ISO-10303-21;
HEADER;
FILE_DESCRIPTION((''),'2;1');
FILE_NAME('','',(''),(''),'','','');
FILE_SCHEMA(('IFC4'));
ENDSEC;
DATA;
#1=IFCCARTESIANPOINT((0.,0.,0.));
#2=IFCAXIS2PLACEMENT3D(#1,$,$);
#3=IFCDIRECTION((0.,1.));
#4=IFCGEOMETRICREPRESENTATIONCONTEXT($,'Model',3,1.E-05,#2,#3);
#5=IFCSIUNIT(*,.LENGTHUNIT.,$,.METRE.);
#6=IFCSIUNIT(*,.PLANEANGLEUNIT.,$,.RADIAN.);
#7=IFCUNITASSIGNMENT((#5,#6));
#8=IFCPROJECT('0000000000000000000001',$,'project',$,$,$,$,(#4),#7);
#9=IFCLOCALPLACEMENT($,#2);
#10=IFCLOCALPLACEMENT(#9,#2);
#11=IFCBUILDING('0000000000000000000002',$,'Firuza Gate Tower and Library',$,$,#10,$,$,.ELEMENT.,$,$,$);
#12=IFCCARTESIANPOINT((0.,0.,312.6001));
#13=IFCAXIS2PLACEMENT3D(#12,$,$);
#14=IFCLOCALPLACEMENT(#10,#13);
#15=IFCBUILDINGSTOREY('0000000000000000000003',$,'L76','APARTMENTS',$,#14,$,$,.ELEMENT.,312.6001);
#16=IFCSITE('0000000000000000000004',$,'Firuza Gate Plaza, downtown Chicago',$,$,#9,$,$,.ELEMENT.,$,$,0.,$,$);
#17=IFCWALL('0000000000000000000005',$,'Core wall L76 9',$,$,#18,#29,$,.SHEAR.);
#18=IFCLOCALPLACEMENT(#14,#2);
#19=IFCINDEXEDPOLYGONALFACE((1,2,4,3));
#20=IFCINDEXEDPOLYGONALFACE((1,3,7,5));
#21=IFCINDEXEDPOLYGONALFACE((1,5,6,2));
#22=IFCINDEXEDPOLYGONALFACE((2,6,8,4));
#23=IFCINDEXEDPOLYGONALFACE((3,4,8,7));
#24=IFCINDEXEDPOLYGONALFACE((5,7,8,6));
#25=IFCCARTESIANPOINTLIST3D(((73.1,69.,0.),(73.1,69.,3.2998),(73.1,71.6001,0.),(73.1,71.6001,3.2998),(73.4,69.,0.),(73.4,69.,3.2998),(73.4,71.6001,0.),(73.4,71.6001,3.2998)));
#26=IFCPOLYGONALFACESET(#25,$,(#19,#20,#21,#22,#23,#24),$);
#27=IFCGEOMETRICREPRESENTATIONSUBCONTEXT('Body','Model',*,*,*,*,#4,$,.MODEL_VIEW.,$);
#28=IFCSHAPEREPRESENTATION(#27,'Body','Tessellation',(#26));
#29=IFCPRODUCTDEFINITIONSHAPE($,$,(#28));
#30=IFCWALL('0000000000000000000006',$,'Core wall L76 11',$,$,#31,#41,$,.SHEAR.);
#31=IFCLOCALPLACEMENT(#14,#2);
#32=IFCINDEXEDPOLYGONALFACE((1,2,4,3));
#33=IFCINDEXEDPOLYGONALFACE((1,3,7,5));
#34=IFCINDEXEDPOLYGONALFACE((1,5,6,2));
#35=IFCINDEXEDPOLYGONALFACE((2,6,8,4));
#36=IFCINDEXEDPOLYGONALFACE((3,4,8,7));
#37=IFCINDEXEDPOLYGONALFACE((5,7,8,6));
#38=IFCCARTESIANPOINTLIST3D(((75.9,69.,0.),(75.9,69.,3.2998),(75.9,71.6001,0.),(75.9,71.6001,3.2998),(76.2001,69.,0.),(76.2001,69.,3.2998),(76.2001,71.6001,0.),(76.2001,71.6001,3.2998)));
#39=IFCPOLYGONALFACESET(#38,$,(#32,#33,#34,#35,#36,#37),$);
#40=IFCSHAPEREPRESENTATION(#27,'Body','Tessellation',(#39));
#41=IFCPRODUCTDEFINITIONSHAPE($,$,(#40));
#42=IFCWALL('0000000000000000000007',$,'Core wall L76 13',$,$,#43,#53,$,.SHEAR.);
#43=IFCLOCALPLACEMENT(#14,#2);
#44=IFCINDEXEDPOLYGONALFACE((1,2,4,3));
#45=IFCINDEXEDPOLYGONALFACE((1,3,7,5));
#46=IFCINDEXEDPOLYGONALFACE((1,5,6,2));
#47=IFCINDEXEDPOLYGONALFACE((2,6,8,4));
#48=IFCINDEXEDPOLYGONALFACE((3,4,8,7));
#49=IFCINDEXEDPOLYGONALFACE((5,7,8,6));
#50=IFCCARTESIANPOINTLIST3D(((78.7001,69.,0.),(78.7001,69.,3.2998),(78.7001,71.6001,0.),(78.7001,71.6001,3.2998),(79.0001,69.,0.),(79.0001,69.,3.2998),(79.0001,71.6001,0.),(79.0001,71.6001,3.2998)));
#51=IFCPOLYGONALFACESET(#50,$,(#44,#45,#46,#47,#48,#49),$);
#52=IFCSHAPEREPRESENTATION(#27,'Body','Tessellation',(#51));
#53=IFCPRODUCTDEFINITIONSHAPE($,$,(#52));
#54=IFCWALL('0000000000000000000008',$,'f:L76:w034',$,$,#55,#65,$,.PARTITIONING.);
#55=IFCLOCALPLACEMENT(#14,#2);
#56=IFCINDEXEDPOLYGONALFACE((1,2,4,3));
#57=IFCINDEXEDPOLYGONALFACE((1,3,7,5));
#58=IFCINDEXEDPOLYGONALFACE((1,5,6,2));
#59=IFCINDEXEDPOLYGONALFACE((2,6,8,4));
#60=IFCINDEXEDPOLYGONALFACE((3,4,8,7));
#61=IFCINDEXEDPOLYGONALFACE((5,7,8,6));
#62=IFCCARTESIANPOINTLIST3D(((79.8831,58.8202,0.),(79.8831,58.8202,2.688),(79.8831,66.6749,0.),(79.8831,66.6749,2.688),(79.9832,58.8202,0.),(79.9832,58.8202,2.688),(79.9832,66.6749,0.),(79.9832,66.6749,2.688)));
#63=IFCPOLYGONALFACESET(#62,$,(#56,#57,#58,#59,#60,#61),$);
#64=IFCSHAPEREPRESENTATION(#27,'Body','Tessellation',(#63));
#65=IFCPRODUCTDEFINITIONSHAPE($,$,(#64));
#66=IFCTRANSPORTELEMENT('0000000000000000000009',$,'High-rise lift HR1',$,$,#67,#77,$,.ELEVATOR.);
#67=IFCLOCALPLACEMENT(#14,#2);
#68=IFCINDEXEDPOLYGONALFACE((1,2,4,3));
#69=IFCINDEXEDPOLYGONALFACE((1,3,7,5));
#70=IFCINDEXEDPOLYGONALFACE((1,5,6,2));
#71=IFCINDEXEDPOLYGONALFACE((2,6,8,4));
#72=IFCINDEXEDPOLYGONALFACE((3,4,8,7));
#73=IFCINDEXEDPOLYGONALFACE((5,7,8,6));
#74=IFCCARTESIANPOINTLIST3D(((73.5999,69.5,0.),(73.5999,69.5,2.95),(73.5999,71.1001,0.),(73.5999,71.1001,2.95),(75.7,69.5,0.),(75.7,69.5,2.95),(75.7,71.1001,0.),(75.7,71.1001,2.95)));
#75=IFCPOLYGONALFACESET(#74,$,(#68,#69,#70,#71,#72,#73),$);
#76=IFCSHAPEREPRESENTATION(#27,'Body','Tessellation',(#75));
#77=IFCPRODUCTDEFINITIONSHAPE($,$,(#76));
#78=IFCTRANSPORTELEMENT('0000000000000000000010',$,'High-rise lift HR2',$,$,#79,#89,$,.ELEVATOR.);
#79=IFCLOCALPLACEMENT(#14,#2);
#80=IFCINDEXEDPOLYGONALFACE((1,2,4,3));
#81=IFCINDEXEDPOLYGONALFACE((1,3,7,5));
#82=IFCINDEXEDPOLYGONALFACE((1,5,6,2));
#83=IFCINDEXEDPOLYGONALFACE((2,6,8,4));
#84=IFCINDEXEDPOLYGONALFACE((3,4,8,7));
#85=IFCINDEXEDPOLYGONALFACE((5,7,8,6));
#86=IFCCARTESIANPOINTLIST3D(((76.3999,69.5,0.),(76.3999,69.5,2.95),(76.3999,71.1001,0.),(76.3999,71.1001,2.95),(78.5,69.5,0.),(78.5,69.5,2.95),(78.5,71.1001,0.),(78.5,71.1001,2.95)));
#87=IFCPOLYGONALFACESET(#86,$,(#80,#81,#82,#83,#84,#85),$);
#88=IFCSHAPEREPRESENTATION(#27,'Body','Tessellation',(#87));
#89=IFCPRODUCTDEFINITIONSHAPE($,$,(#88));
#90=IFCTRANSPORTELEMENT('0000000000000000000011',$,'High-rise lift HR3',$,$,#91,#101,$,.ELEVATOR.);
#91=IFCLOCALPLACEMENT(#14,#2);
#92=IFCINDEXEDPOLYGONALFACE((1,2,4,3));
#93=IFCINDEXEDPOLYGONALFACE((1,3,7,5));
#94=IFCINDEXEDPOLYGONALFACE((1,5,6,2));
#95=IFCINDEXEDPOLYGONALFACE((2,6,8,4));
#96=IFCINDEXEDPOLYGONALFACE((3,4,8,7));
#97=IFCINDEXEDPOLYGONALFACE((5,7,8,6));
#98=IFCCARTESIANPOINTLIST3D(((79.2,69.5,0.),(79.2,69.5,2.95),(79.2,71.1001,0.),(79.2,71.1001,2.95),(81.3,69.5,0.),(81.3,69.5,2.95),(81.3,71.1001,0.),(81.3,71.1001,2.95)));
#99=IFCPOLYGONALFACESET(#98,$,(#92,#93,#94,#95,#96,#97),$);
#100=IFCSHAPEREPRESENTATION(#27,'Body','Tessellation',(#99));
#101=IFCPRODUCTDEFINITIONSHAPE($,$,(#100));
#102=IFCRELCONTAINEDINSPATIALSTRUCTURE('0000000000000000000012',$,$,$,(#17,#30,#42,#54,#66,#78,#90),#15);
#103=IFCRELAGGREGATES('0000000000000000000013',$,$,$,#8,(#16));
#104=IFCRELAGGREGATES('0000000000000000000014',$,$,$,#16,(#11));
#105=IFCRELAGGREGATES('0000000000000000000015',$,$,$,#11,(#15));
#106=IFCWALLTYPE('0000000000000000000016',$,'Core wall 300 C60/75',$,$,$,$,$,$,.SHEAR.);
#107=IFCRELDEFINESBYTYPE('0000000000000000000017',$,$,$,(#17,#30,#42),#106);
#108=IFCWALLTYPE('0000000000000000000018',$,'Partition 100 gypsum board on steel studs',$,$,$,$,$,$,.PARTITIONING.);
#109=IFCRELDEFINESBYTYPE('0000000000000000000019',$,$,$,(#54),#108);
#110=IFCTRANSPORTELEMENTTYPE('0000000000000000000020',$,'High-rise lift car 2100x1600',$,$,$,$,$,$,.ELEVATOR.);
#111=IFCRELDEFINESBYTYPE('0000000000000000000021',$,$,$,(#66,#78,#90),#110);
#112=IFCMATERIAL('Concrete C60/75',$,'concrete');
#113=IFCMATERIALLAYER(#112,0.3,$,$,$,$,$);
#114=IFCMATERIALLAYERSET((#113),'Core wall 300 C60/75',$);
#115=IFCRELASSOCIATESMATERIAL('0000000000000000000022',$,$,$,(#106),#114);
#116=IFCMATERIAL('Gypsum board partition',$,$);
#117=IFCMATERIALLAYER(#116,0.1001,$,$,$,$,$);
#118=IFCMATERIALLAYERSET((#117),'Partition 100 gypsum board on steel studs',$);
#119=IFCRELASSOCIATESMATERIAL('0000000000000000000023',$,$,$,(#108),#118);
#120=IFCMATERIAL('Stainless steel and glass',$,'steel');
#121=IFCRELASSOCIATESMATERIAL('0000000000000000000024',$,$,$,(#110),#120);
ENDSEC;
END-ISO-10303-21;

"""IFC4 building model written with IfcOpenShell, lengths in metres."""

from ifc_helpers import new_model, si_unit, direction, frame, frame_2d, origin, origin_2d, place, context, subcontext, project, spatial, rectangle, extrude, material, layer, layer_set, type_object, element, save


model = new_model("IFC4")

# Units and contexts
model_context = context("Model", 3, precision=1e-05, world=origin(), true_north=direction((0.0, 1.0)))
body_context = subcontext(model_context, "Body", "Model", "MODEL_VIEW")
ifc_project = project(units=[si_unit("LENGTHUNIT", "METRE"), si_unit("PLANEANGLEUNIT", "RADIAN")], contexts=[model_context])

# Site, building, storey
site_placement = place(None, origin())
site = spatial("IfcSite", under=ifc_project, at=site_placement, Name="Firuza Gate Plaza, downtown Chicago", CompositionType="ELEMENT", RefElevation=0.0)
building_placement = place(site_placement, origin())
building = spatial("IfcBuilding", under=site, at=building_placement, Name="Firuza Gate Tower and Library", CompositionType="ELEMENT")
storey_placement = place(building_placement, frame((0.0, 0.0, 312.6001)))
storey = spatial("IfcBuildingStorey", under=building, at=storey_placement, Name="L76", Description="APARTMENTS", CompositionType="ELEMENT", Elevation=312.6001)

# Walls
ifc_material_1 = material(Name="Concrete C60/75", Category="concrete")
ifc_layer_1 = layer(ifc_material_1, 0.3)
ifc_layer_set_1 = layer_set([ifc_layer_1], Name="Core wall 300 C60/75")
wall_type_1 = type_object("IfcWallType", Name="Core wall 300 C60/75", PredefinedType="SHEAR", material=ifc_layer_set_1)
for number, where, z_axis, x_axis, name in (
    (1, (73.25, 69.0, 0.0), (0.0, 0.0, 1.0), (0.0, 1.0, 0.0), "Core wall L76 9"),
    (2, (76.05, 69.0, 0.0), (0.0, 0.0, 1.0), (0.0, 1.0, 0.0), "Core wall L76 11"),
    (3, (78.8501, 69.0, 0.0), (0.0, 0.0, 1.0), (0.0, 1.0, 0.0), "Core wall L76 13"),
):
    element("IfcWall", number, at=place(storey_placement, frame(where, z_axis=z_axis, x_axis=x_axis)), inside=storey, type_object=wall_type_1, Name=name, PredefinedType="SHEAR", context=body_context, shape_type="SweptSolid", body=[
        extrude(rectangle(XDim=2.6001, YDim=0.3, at=frame_2d((1.3, 0.0))), origin(), (0.0, 0.0, 1.0), 3.2998),
    ])
ifc_material_2 = material(Name="Gypsum board partition")
ifc_layer_2 = layer(ifc_material_2, 0.1001)
ifc_layer_set_2 = layer_set([ifc_layer_2], Name="Partition 100 gypsum board on steel studs")
wall_type_2 = type_object("IfcWallType", Name="Partition 100 gypsum board on steel studs", PredefinedType="PARTITIONING", material=ifc_layer_set_2)
wall_1_placement = place(storey_placement, frame((79.9331, 58.8203, 0.0), z_axis=(0.0, 0.0, 1.0), x_axis=(0.0, 1.0, 0.0)))
element("IfcWall", 4, at=wall_1_placement, inside=storey, type_object=wall_type_2, Name="f:L76:w034", PredefinedType="PARTITIONING", context=body_context, shape_type="SweptSolid", body=[
    extrude(rectangle(XDim=7.8547, YDim=0.1001, at=frame_2d((3.9272, 0.0))), origin(), (0.0, 0.0, 1.0), 2.688),
])

# Transport elements
ifc_material_3 = material(Name="Stainless steel and glass", Category="steel")
transport_element_type = type_object("IfcTransportElementType", Name="High-rise lift car 2100x1600", PredefinedType="ELEVATOR", material=ifc_material_3)
for number, where, z_axis, x_axis, name in (
    (5, (74.6499, 70.3, 0.0), (0.0, 0.0, 1.0), (1.0, 0.0, 0.0), "High-rise lift HR1"),
    (6, (77.45, 70.3, 0.0), (0.0, 0.0, 1.0), (1.0, 0.0, 0.0), "High-rise lift HR2"),
    (7, (80.25, 70.3, 0.0), (0.0, 0.0, 1.0), (1.0, 0.0, 0.0), "High-rise lift HR3"),
):
    element("IfcTransportElement", number, at=place(storey_placement, frame(where, z_axis=z_axis, x_axis=x_axis)), inside=storey, type_object=transport_element_type, Name=name, PredefinedType="ELEVATOR", context=body_context, shape_type="SweptSolid", body=[
        extrude(rectangle(XDim=2.1001, YDim=1.6001, at=origin_2d()), origin(), (0.0, 0.0, 1.0), 2.95),
    ])

save(model, "model.ifc")
